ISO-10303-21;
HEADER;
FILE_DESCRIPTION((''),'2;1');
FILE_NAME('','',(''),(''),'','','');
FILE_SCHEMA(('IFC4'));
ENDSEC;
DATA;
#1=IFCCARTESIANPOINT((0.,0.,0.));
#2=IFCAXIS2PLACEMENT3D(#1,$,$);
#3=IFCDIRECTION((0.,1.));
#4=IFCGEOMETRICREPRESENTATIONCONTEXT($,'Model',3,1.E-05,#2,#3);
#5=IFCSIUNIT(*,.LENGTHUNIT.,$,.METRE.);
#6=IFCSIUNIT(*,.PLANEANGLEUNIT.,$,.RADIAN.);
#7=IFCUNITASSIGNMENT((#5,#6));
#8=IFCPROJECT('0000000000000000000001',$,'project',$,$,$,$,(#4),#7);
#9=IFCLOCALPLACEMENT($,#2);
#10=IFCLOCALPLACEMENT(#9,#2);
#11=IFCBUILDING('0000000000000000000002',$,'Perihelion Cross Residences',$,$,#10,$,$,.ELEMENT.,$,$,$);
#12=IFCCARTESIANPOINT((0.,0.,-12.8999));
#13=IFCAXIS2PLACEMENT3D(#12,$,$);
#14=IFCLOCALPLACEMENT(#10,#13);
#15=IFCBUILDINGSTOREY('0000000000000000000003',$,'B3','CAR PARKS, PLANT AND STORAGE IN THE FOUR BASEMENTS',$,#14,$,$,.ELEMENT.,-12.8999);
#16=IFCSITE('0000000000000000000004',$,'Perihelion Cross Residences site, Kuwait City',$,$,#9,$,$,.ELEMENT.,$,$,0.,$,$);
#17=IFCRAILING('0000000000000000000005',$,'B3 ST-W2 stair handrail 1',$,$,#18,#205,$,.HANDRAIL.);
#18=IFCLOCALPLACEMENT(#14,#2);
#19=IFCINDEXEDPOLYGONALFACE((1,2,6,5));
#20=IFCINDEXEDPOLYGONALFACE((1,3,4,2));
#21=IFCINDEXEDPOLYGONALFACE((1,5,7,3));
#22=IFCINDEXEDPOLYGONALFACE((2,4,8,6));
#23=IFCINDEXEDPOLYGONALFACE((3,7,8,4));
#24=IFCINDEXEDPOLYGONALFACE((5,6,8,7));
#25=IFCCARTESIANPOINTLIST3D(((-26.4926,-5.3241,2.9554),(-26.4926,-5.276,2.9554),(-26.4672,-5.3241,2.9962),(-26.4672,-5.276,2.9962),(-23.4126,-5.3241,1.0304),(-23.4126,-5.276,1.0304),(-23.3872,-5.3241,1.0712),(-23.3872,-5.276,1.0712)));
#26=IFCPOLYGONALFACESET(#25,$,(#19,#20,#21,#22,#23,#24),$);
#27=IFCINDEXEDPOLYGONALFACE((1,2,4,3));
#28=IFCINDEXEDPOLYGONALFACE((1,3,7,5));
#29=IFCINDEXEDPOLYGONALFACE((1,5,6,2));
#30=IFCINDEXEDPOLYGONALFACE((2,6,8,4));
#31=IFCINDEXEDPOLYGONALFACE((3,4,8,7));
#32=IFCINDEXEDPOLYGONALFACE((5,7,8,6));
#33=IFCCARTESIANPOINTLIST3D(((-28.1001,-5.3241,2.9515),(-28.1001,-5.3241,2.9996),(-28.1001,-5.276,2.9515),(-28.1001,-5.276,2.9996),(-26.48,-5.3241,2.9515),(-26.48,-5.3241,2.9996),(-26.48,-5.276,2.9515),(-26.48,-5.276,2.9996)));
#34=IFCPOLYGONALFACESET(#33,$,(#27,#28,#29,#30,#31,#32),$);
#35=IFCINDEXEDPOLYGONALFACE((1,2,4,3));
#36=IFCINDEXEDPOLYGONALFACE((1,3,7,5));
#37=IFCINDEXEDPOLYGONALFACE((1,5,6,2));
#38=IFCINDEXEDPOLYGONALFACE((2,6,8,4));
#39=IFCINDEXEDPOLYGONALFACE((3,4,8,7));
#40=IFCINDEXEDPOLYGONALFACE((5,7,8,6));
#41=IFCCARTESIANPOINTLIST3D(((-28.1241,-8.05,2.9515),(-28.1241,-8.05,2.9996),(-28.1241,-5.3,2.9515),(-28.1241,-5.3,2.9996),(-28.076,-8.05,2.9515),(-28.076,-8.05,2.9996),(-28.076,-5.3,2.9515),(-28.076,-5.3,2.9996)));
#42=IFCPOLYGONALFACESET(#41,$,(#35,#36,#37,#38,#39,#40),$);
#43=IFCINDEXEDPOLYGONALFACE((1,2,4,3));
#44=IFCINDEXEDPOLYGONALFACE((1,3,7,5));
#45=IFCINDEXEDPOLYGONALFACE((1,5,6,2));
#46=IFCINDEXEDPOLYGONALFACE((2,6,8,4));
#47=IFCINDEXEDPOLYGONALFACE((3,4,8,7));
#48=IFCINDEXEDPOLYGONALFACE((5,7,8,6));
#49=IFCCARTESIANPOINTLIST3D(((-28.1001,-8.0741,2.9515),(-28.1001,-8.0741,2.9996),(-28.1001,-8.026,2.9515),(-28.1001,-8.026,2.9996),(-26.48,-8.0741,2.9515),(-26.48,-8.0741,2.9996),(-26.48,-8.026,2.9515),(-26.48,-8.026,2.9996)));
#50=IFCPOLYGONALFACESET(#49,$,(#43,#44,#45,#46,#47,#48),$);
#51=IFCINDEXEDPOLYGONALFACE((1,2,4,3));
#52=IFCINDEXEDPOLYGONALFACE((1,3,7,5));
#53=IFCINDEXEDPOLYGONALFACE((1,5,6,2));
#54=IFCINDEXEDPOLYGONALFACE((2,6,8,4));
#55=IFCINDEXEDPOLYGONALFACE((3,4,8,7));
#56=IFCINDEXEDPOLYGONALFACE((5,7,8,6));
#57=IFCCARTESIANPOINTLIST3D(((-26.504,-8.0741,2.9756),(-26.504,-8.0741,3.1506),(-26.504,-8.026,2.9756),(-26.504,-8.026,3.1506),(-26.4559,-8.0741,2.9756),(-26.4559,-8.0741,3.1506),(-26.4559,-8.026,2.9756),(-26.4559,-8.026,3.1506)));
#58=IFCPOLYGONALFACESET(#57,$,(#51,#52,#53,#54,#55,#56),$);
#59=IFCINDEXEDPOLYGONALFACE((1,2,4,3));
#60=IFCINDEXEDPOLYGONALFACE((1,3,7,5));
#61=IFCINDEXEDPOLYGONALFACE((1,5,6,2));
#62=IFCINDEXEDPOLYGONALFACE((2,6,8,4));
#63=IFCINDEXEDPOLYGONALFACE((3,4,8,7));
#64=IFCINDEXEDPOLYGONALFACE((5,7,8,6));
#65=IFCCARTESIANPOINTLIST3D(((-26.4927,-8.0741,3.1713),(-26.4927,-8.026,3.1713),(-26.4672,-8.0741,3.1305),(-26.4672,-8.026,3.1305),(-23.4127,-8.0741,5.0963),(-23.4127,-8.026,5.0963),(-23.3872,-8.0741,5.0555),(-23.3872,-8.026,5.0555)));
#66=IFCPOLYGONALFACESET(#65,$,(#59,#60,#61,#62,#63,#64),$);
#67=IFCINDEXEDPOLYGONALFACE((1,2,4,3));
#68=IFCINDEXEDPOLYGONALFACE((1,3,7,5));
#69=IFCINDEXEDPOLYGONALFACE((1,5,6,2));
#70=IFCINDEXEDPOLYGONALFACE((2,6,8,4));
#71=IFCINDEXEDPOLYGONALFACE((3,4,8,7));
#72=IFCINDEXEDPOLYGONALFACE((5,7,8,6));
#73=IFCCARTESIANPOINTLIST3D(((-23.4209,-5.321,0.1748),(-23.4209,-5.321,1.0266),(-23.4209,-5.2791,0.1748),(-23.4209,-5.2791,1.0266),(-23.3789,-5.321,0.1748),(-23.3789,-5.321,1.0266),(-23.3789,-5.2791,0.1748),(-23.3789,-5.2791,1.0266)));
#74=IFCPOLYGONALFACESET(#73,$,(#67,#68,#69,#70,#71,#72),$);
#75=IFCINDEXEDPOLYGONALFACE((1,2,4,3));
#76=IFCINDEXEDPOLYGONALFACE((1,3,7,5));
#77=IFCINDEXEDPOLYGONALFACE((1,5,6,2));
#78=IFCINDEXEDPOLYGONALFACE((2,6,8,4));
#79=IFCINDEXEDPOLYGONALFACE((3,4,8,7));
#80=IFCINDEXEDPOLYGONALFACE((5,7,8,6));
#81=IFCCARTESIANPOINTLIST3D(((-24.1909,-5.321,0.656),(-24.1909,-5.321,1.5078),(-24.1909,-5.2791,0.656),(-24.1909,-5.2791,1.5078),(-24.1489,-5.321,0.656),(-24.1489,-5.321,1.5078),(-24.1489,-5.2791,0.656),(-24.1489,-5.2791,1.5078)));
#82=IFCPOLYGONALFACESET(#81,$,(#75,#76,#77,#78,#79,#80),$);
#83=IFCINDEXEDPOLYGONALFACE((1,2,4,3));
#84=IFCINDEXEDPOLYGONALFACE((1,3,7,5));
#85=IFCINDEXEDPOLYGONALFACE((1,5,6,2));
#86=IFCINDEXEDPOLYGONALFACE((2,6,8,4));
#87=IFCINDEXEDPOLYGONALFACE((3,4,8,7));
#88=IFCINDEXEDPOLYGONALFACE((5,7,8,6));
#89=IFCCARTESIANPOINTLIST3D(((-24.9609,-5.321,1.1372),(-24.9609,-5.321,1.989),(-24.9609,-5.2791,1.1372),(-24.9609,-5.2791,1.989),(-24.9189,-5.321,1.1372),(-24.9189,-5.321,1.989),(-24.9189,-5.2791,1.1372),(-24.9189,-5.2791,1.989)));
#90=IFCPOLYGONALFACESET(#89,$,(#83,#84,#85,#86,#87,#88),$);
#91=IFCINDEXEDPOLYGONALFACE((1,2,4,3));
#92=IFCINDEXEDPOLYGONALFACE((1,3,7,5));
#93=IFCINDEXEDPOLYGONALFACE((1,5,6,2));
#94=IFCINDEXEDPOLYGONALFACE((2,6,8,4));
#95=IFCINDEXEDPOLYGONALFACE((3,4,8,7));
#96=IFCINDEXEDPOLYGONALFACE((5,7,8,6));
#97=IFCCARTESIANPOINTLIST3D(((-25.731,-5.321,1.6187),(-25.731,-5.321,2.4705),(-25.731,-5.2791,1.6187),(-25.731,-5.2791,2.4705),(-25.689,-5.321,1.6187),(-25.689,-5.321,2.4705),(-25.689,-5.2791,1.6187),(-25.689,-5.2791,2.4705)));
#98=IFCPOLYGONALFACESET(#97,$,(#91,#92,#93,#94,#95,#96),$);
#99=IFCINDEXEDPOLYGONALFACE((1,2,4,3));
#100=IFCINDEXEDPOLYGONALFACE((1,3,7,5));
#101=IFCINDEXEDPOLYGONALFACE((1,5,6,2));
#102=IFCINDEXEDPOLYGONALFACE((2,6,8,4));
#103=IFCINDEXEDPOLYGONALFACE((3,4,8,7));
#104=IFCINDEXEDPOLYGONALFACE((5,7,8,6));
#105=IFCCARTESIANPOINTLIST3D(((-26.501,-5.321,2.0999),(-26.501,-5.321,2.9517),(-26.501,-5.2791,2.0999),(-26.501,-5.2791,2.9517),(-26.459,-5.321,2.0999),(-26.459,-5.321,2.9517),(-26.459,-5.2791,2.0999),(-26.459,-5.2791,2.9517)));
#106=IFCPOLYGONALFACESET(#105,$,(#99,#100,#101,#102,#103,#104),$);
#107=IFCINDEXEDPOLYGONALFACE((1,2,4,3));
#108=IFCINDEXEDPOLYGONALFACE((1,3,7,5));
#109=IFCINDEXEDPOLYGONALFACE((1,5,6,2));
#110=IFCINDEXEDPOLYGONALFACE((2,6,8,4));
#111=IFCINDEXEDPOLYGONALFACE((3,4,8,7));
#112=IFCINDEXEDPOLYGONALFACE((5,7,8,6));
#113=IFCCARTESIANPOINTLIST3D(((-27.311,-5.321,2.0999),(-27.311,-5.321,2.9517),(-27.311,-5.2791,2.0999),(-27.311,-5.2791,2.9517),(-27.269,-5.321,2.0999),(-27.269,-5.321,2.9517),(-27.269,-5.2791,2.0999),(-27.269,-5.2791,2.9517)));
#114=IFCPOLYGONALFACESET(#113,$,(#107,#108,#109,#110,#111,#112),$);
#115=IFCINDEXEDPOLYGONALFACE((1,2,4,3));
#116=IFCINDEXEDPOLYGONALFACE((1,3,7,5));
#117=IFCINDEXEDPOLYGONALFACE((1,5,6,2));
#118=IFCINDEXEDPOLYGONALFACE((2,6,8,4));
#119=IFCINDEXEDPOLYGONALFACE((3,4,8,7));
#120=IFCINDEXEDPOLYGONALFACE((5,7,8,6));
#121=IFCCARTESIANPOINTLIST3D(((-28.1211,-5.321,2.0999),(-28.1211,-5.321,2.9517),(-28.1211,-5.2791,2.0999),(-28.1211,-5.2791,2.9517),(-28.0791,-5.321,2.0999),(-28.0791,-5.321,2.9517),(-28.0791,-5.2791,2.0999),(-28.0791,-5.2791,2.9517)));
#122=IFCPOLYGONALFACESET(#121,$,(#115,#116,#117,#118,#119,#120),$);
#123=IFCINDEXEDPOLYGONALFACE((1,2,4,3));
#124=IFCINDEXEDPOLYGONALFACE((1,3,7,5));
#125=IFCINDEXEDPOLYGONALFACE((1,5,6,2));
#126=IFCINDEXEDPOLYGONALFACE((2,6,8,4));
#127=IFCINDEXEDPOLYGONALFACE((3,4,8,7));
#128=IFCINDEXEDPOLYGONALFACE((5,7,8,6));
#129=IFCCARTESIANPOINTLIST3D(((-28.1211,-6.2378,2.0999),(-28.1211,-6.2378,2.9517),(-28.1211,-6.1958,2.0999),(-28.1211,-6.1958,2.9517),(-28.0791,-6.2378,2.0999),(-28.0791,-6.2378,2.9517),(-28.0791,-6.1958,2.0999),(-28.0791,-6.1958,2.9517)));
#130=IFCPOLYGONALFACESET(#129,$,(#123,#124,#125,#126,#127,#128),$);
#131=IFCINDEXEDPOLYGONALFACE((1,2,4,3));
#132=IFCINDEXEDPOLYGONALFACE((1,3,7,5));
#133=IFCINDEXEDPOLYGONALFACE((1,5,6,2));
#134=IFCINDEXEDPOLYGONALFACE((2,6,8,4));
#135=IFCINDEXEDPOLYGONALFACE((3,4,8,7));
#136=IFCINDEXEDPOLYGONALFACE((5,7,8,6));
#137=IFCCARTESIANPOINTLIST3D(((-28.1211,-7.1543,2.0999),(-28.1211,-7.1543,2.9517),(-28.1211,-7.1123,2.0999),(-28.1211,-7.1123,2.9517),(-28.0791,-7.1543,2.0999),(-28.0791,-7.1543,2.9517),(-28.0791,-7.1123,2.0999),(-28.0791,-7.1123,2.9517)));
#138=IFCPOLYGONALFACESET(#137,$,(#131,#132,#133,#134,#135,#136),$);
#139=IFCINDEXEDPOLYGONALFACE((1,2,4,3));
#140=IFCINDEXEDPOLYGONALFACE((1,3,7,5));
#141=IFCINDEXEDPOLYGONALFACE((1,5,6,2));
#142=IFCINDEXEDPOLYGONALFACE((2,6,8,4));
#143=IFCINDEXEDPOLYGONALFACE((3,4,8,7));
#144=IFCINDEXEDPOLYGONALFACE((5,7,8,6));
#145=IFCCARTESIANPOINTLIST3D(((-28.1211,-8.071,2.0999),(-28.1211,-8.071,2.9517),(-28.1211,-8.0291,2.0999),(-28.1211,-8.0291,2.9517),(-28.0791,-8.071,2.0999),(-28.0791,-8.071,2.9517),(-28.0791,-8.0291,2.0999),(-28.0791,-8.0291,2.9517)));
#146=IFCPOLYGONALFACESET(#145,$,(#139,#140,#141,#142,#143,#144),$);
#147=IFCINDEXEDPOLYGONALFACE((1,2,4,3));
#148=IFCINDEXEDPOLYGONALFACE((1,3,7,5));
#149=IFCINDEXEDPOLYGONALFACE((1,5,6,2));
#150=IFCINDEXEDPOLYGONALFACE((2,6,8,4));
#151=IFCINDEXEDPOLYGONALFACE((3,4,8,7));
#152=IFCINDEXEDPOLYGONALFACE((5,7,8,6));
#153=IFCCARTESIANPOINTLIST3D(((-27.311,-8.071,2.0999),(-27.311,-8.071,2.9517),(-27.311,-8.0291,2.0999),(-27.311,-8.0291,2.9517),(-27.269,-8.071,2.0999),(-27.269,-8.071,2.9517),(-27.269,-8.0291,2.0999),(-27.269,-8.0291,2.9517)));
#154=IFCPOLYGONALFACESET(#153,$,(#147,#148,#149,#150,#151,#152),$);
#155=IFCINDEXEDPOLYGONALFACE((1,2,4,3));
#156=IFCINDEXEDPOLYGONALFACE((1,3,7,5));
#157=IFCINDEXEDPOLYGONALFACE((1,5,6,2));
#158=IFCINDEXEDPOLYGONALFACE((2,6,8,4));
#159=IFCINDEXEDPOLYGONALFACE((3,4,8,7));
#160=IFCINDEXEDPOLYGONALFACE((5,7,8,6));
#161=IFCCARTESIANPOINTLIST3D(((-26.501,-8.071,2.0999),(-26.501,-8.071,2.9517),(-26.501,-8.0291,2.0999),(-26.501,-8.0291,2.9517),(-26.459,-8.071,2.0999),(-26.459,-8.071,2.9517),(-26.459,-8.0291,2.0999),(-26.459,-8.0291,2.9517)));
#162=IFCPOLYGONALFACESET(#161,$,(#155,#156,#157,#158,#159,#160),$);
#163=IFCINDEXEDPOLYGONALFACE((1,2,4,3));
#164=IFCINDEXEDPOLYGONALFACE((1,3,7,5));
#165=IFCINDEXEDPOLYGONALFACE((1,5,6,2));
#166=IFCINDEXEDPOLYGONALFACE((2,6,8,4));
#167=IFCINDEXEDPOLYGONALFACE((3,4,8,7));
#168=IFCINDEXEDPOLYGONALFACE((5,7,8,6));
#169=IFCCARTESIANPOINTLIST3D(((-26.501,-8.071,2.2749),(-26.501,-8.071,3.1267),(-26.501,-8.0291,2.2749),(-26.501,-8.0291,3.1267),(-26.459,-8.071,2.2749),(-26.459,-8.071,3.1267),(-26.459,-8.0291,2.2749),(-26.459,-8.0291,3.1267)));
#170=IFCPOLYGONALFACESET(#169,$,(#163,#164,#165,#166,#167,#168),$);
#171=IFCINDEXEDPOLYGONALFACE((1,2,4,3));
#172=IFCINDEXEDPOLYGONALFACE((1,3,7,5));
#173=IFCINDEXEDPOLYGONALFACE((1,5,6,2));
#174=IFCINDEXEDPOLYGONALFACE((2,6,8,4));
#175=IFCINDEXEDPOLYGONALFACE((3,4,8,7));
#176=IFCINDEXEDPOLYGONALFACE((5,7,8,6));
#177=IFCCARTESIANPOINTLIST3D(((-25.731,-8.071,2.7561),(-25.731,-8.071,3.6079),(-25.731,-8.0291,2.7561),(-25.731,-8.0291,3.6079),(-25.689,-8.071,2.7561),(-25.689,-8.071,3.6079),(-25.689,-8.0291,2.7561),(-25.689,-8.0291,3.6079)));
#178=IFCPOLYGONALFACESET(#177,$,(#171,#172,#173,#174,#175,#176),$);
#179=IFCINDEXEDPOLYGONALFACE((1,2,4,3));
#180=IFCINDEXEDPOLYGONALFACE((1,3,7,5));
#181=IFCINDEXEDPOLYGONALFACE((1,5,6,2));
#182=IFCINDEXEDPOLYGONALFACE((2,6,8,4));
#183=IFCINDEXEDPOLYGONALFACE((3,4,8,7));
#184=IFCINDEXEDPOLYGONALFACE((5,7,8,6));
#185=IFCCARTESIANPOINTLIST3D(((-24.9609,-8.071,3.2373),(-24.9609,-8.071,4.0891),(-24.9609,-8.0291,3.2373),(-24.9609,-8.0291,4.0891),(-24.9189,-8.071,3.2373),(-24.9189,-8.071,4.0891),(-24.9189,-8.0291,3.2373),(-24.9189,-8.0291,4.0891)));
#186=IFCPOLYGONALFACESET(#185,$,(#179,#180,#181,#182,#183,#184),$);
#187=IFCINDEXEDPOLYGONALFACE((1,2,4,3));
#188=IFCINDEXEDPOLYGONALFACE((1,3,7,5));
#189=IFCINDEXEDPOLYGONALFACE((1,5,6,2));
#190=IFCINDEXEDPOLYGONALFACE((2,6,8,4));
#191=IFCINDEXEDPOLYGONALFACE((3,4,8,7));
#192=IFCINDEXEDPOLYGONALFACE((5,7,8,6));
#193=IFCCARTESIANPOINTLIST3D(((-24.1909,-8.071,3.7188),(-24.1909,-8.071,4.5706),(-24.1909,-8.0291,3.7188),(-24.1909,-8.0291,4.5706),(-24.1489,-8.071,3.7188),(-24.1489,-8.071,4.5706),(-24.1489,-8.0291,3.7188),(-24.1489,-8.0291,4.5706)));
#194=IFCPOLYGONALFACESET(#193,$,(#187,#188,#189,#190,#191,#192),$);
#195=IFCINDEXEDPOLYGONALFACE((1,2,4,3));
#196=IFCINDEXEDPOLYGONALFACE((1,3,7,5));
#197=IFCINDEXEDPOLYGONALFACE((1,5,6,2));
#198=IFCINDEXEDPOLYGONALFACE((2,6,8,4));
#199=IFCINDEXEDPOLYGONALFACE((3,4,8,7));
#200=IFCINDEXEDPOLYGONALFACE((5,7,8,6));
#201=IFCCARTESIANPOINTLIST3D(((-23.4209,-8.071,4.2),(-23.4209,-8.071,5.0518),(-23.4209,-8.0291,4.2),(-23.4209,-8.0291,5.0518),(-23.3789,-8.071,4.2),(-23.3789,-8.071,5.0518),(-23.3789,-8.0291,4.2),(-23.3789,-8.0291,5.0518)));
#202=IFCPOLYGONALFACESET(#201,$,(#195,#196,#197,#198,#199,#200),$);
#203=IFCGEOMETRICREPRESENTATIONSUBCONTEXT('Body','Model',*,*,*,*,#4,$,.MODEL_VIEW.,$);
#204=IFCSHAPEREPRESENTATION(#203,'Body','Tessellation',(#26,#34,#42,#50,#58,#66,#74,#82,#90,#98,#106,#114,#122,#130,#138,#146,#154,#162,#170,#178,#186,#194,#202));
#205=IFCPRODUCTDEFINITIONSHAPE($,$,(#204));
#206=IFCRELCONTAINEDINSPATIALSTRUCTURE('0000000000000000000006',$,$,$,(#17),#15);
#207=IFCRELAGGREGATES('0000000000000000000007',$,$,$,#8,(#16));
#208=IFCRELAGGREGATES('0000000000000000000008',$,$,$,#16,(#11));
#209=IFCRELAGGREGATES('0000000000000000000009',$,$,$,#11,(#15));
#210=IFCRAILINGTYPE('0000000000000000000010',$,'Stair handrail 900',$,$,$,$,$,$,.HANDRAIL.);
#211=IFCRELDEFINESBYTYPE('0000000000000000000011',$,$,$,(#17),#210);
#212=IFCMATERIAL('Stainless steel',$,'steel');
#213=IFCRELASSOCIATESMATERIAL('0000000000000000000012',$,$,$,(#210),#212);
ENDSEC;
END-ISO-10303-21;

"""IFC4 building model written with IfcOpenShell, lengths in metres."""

from ifc_helpers import new_model, si_unit, direction, frame, origin, origin_2d, place, context, subcontext, project, spatial, rectangle, extrude, material, type_object, element, save


model = new_model("IFC4")

# Units and contexts
model_context = context("Model", 3, precision=1e-05, world=origin(), true_north=direction((0.0, 1.0)))
body_context = subcontext(model_context, "Body", "Model", "MODEL_VIEW")
ifc_project = project(units=[si_unit("LENGTHUNIT", "METRE"), si_unit("PLANEANGLEUNIT", "RADIAN")], contexts=[model_context])

# Site, building, storey
site_placement = place(None, origin())
site = spatial("IfcSite", under=ifc_project, at=site_placement, Name="Perihelion Cross Residences site, Kuwait City", CompositionType="ELEMENT", RefElevation=0.0)
building_placement = place(site_placement, origin())
building = spatial("IfcBuilding", under=site, at=building_placement, Name="Perihelion Cross Residences", CompositionType="ELEMENT")
storey_placement = place(building_placement, frame((0.0, 0.0, -12.8999)))
storey = spatial("IfcBuildingStorey", under=building, at=storey_placement, Name="B3", Description="CAR PARKS, PLANT AND STORAGE IN THE FOUR BASEMENTS", CompositionType="ELEMENT", Elevation=-12.8999)

# Railing
ifc_material_1 = material(Name="Stainless steel", Category="steel")
railing_type_1 = type_object("IfcRailingType", Name="Stair handrail 900", PredefinedType="HANDRAIL", material=ifc_material_1)
railing_1_placement = place(storey_placement, frame((-23.3999, -5.3, 0.1748)))
element("IfcRailing", 1, at=railing_1_placement, inside=storey, type_object=railing_type_1, Name="B3 ST-W2 stair handrail 1", PredefinedType="HANDRAIL", context=body_context, shape_type="SweptSolid", body=[
    extrude(rectangle(XDim=0.0481, YDim=0.0481, at=origin_2d()), frame((0.0, 0.0, 0.876), z_axis=(-0.847998, 0.0, 0.529999), x_axis=(0.0, -1.0, 0.0)), (0.0, 0.0, 1.0), 3.6321),
    extrude(rectangle(XDim=0.0481, YDim=0.0481, at=origin_2d()), frame((-3.0801, 0.0, 2.8008), z_axis=(-1.0, 0.0, 0.0), x_axis=(0.0, -1.0, 0.0)), (0.0, 0.0, 1.0), 1.6201),
    extrude(rectangle(XDim=0.0481, YDim=0.0481, at=origin_2d()), frame((-4.7002, 0.0, 2.8008), z_axis=(0.0, -1.0, 0.0), x_axis=(1.0, 0.0, 0.0)), (0.0, 0.0, 1.0), 2.75),
    extrude(rectangle(XDim=0.0481, YDim=0.0481, at=origin_2d()), frame((-4.7002, -2.75, 2.8008), z_axis=(1.0, 0.0, 0.0), x_axis=(0.0, 1.0, 0.0)), (0.0, 0.0, 1.0), 1.6201),
    extrude(rectangle(XDim=0.0481, YDim=0.0481, at=origin_2d()), frame((-3.0801, -2.75, 2.8008), z_axis=(0.0, 0.0, 1.0), x_axis=(1.0, 0.0, 0.0)), (0.0, 0.0, 1.0), 0.175),
    extrude(rectangle(XDim=0.0481, YDim=0.0481, at=origin_2d()), frame((-3.0801, -2.75, 2.9761), z_axis=(0.847998, 0.0, 0.529999), x_axis=(0.0, 1.0, 0.0)), (0.0, 0.0, 1.0), 3.6321),
    extrude(rectangle(XDim=0.042, YDim=0.042, at=origin_2d()), origin(), (0.0, 0.0, 1.0), 0.8518),
    extrude(rectangle(XDim=0.042, YDim=0.042, at=origin_2d()), frame((-0.77, 0.0, 0.4812)), (0.0, 0.0, 1.0), 0.8518),
    extrude(rectangle(XDim=0.042, YDim=0.042, at=origin_2d()), frame((-1.54, 0.0, 0.9624)), (0.0, 0.0, 1.0), 0.8518),
    extrude(rectangle(XDim=0.042, YDim=0.042, at=origin_2d()), frame((-2.3101, 0.0, 1.4438)), (0.0, 0.0, 1.0), 0.8518),
    extrude(rectangle(XDim=0.042, YDim=0.042, at=origin_2d()), frame((-3.0801, 0.0, 1.925)), (0.0, 0.0, 1.0), 0.8518),
    extrude(rectangle(XDim=0.042, YDim=0.042, at=origin_2d()), frame((-3.8901, 0.0, 1.925)), (0.0, 0.0, 1.0), 0.8518),
    extrude(rectangle(XDim=0.042, YDim=0.042, at=origin_2d()), frame((-4.7002, 0.0, 1.925)), (0.0, 0.0, 1.0), 0.8518),
    extrude(rectangle(XDim=0.042, YDim=0.042, at=origin_2d()), frame((-4.7002, -0.9167, 1.925)), (0.0, 0.0, 1.0), 0.8518),
    extrude(rectangle(XDim=0.042, YDim=0.042, at=origin_2d()), frame((-4.7002, -1.8333, 1.925)), (0.0, 0.0, 1.0), 0.8518),
    extrude(rectangle(XDim=0.042, YDim=0.042, at=origin_2d()), frame((-4.7002, -2.75, 1.925)), (0.0, 0.0, 1.0), 0.8518),
    extrude(rectangle(XDim=0.042, YDim=0.042, at=origin_2d()), frame((-3.8901, -2.75, 1.925)), (0.0, 0.0, 1.0), 0.8518),
    extrude(rectangle(XDim=0.042, YDim=0.042, at=origin_2d()), frame((-3.0801, -2.75, 1.925)), (0.0, 0.0, 1.0), 0.8518),
    extrude(rectangle(XDim=0.042, YDim=0.042, at=origin_2d()), frame((-3.0801, -2.75, 2.1001)), (0.0, 0.0, 1.0), 0.8518),
    extrude(rectangle(XDim=0.042, YDim=0.042, at=origin_2d()), frame((-2.3101, -2.75, 2.5813)), (0.0, 0.0, 1.0), 0.8518),
    extrude(rectangle(XDim=0.042, YDim=0.042, at=origin_2d()), frame((-1.54, -2.75, 3.0625)), (0.0, 0.0, 1.0), 0.8518),
    extrude(rectangle(XDim=0.042, YDim=0.042, at=origin_2d()), frame((-0.77, -2.75, 3.5439)), (0.0, 0.0, 1.0), 0.8518),
    extrude(rectangle(XDim=0.042, YDim=0.042, at=origin_2d()), frame((0.0, -2.75, 4.0251)), (0.0, 0.0, 1.0), 0.8518),
])

save(model, "model.ifc")
